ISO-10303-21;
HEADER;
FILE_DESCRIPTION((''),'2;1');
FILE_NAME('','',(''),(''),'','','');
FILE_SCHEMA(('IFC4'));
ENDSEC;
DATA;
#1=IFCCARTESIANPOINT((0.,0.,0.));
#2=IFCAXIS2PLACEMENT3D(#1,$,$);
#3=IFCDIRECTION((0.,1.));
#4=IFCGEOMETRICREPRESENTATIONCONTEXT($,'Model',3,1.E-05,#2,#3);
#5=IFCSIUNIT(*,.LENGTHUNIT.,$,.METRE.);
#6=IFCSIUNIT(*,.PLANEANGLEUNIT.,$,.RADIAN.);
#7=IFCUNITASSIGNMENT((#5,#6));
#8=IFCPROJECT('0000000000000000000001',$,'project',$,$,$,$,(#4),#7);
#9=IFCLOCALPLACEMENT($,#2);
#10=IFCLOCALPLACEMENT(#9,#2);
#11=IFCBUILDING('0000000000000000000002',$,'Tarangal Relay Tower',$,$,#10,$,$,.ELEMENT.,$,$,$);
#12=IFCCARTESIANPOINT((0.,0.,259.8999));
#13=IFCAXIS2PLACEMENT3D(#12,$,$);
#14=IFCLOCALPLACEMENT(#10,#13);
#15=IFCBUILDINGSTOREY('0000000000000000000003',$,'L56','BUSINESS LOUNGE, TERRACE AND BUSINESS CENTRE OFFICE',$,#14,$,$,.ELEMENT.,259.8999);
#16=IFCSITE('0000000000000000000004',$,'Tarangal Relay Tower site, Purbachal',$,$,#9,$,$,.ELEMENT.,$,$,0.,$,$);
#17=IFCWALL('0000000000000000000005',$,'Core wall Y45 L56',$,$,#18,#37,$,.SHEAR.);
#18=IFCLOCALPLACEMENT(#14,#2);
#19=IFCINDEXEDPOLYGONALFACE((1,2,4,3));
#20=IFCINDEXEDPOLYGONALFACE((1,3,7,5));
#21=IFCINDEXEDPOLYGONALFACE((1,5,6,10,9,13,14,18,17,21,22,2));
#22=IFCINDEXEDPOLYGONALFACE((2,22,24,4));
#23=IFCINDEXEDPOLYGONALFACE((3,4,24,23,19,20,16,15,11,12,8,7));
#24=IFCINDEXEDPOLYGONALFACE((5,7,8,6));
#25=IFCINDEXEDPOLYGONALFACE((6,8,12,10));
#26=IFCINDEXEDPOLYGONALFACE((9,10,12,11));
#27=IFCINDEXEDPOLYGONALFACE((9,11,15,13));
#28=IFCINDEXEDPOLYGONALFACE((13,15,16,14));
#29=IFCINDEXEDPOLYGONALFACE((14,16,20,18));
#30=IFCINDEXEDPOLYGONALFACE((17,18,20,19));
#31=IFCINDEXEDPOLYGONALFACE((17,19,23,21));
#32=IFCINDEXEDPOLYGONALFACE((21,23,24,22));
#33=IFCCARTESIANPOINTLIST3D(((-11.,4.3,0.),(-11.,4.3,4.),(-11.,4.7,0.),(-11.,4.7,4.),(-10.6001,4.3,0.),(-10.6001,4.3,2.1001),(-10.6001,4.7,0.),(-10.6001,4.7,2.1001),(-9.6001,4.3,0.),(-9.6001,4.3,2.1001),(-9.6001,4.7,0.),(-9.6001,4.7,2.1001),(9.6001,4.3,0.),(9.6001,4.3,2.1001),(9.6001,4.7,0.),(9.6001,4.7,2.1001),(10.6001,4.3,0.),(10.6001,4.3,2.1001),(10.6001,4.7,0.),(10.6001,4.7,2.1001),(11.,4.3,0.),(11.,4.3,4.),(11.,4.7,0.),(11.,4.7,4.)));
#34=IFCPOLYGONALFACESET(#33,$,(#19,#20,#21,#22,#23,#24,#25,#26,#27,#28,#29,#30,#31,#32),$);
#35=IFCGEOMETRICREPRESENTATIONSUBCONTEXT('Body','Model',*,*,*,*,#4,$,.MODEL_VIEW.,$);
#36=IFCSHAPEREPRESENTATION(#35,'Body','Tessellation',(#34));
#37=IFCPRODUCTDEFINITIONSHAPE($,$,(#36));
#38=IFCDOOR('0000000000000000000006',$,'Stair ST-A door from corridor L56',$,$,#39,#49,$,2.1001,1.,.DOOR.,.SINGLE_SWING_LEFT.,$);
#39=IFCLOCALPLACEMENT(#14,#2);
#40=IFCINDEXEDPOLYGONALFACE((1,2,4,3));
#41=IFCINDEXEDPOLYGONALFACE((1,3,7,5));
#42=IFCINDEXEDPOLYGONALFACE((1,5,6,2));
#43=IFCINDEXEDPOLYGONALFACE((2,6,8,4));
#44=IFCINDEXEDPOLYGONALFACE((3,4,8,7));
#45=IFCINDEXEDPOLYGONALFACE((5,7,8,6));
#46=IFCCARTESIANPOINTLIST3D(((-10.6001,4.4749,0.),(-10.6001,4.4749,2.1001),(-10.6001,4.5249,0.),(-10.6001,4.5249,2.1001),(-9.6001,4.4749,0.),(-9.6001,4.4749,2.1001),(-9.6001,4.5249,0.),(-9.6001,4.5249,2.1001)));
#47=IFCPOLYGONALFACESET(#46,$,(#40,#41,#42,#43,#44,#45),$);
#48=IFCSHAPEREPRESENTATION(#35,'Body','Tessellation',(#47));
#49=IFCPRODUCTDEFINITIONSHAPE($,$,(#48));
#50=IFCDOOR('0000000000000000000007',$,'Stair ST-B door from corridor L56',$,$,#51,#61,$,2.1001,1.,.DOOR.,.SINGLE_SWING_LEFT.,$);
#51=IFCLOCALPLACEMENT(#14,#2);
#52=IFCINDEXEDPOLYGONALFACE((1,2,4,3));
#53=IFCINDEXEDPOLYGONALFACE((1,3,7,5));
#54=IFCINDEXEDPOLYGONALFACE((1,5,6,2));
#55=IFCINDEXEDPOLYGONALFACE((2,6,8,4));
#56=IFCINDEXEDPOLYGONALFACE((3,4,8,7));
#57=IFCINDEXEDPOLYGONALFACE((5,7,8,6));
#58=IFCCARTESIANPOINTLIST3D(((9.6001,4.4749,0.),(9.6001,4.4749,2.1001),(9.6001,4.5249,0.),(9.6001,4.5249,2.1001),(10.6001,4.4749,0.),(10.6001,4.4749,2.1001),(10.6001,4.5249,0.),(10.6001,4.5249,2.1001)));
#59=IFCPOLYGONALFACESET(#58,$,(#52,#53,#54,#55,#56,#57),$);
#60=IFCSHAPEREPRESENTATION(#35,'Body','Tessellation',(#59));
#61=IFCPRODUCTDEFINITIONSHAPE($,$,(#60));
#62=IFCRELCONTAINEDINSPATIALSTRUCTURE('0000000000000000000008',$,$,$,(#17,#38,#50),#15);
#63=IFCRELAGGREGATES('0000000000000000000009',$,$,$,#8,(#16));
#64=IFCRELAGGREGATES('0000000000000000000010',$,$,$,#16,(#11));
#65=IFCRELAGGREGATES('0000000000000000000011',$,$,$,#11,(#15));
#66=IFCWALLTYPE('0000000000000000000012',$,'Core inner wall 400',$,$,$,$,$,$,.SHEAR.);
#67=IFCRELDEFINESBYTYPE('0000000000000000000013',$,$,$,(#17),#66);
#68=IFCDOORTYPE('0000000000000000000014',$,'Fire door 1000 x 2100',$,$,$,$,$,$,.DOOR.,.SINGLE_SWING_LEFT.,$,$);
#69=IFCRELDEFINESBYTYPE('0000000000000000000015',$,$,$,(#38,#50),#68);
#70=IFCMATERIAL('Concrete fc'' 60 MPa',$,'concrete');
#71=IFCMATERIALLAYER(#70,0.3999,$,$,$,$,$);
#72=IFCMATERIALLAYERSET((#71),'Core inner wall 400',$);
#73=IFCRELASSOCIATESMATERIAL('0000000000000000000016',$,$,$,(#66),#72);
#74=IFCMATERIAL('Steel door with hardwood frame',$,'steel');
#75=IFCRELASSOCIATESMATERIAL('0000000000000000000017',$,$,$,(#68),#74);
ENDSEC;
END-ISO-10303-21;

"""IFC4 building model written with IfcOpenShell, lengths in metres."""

from ifc_helpers import new_model, si_unit, direction, frame, frame_2d, origin, place, context, subcontext, project, spatial, rectangle, extrude, material, layer, layer_set, type_object, element, fill, save


model = new_model("IFC4")

# Units and contexts
model_context = context("Model", 3, precision=1e-05, world=origin(), true_north=direction((0.0, 1.0)))
body_context = subcontext(model_context, "Body", "Model", "MODEL_VIEW")
ifc_project = project(units=[si_unit("LENGTHUNIT", "METRE"), si_unit("PLANEANGLEUNIT", "RADIAN")], contexts=[model_context])

# Site, building, storey
site_placement = place(None, origin())
site = spatial("IfcSite", under=ifc_project, at=site_placement, Name="Tarangal Relay Tower site, Purbachal", CompositionType="ELEMENT", RefElevation=0.0)
building_placement = place(site_placement, origin())
building = spatial("IfcBuilding", under=site, at=building_placement, Name="Tarangal Relay Tower", CompositionType="ELEMENT")
storey_placement = place(building_placement, frame((0.0, 0.0, 259.8999)))
storey = spatial("IfcBuildingStorey", under=building, at=storey_placement, Name="L56", Description="BUSINESS LOUNGE, TERRACE AND BUSINESS CENTRE OFFICE", CompositionType="ELEMENT", Elevation=259.8999)

# Wall, openings, doors
ifc_material_1 = material(Name="Concrete fc' 60 MPa", Category="concrete")
ifc_layer = layer(ifc_material_1, 0.3999)
ifc_layer_set = layer_set([ifc_layer], Name="Core inner wall 400")
wall_type = type_object("IfcWallType", Name="Core inner wall 400", PredefinedType="SHEAR", material=ifc_layer_set)
wall_1_placement = place(storey_placement, frame((-11.0, 4.5, 0.0), z_axis=(0.0, 0.0, 1.0), x_axis=(1.0, 0.0, 0.0)))
wall_1 = element("IfcWall", 1, at=wall_1_placement, inside=storey, type_object=wall_type, Name="Core wall Y45 L56", PredefinedType="SHEAR", context=body_context, shape_type="SweptSolid", body=[
    extrude(rectangle(XDim=22.0, YDim=0.3999, at=frame_2d((11.0, 0.0))), origin(), (0.0, 0.0, 1.0), 4.0),
])
opening_1_placement = place(wall_1_placement, frame((0.3999, 0.0, 0.0)))
opening_1 = element("IfcOpeningElement", 2, at=opening_1_placement, cuts=wall_1, PredefinedType="OPENING", context=body_context, shape_type="SweptSolid", body=[
    extrude(rectangle(XDim=1.0, YDim=2.1001, at=frame_2d((0.5, 1.05))), frame((0.0, 0.21, 0.0), z_axis=(0.0, -1.0, 0.0), x_axis=(1.0, 0.0, 0.0)), (0.0, 0.0, 1.0), 0.4199),
])
opening_2_placement = place(wall_1_placement, frame((20.6001, 0.0, 0.0)))
opening_2 = element("IfcOpeningElement", 3, at=opening_2_placement, cuts=wall_1, PredefinedType="OPENING", context=body_context, shape_type="SweptSolid", body=[
    extrude(rectangle(XDim=1.0, YDim=2.1001, at=frame_2d((0.5, 1.05))), frame((0.0, 0.21, 0.0), z_axis=(0.0, -1.0, 0.0), x_axis=(1.0, 0.0, 0.0)), (0.0, 0.0, 1.0), 0.4199),
])
ifc_material_2 = material(Name="Steel door with hardwood frame", Category="steel")
door_type_1 = type_object("IfcDoorType", Name="Fire door 1000 x 2100", OperationType="SINGLE_SWING_LEFT", PredefinedType="DOOR", material=ifc_material_2)
door_1_placement = place(opening_1_placement, origin())
door_1 = element("IfcDoor", 4, at=door_1_placement, inside=storey, type_object=door_type_1, Name="Stair ST-A door from corridor L56", OperationType="SINGLE_SWING_LEFT", OverallHeight=2.1001, OverallWidth=1.0, PredefinedType="DOOR", context=body_context, shape_type="SweptSolid", body=[
    extrude(rectangle(XDim=1.0, YDim=2.1001, at=frame_2d((0.5, 1.05))), frame((0.0, 0.0249, 0.0), z_axis=(0.0, -1.0, 0.0), x_axis=(1.0, 0.0, 0.0)), (0.0, 0.0, 1.0), 0.05),
])
fill(opening_1, door_1)
door_2_placement = place(opening_2_placement, origin())
door_2 = element("IfcDoor", 5, at=door_2_placement, inside=storey, type_object=door_type_1, Name="Stair ST-B door from corridor L56", OperationType="SINGLE_SWING_LEFT", OverallHeight=2.1001, OverallWidth=1.0, PredefinedType="DOOR", context=body_context, shape_type="SweptSolid", body=[
    extrude(rectangle(XDim=1.0, YDim=2.1001, at=frame_2d((0.5, 1.05))), frame((0.0, 0.0249, 0.0), z_axis=(0.0, -1.0, 0.0), x_axis=(1.0, 0.0, 0.0)), (0.0, 0.0, 1.0), 0.05),
])
fill(opening_2, door_2)

save(model, "model.ifc")
